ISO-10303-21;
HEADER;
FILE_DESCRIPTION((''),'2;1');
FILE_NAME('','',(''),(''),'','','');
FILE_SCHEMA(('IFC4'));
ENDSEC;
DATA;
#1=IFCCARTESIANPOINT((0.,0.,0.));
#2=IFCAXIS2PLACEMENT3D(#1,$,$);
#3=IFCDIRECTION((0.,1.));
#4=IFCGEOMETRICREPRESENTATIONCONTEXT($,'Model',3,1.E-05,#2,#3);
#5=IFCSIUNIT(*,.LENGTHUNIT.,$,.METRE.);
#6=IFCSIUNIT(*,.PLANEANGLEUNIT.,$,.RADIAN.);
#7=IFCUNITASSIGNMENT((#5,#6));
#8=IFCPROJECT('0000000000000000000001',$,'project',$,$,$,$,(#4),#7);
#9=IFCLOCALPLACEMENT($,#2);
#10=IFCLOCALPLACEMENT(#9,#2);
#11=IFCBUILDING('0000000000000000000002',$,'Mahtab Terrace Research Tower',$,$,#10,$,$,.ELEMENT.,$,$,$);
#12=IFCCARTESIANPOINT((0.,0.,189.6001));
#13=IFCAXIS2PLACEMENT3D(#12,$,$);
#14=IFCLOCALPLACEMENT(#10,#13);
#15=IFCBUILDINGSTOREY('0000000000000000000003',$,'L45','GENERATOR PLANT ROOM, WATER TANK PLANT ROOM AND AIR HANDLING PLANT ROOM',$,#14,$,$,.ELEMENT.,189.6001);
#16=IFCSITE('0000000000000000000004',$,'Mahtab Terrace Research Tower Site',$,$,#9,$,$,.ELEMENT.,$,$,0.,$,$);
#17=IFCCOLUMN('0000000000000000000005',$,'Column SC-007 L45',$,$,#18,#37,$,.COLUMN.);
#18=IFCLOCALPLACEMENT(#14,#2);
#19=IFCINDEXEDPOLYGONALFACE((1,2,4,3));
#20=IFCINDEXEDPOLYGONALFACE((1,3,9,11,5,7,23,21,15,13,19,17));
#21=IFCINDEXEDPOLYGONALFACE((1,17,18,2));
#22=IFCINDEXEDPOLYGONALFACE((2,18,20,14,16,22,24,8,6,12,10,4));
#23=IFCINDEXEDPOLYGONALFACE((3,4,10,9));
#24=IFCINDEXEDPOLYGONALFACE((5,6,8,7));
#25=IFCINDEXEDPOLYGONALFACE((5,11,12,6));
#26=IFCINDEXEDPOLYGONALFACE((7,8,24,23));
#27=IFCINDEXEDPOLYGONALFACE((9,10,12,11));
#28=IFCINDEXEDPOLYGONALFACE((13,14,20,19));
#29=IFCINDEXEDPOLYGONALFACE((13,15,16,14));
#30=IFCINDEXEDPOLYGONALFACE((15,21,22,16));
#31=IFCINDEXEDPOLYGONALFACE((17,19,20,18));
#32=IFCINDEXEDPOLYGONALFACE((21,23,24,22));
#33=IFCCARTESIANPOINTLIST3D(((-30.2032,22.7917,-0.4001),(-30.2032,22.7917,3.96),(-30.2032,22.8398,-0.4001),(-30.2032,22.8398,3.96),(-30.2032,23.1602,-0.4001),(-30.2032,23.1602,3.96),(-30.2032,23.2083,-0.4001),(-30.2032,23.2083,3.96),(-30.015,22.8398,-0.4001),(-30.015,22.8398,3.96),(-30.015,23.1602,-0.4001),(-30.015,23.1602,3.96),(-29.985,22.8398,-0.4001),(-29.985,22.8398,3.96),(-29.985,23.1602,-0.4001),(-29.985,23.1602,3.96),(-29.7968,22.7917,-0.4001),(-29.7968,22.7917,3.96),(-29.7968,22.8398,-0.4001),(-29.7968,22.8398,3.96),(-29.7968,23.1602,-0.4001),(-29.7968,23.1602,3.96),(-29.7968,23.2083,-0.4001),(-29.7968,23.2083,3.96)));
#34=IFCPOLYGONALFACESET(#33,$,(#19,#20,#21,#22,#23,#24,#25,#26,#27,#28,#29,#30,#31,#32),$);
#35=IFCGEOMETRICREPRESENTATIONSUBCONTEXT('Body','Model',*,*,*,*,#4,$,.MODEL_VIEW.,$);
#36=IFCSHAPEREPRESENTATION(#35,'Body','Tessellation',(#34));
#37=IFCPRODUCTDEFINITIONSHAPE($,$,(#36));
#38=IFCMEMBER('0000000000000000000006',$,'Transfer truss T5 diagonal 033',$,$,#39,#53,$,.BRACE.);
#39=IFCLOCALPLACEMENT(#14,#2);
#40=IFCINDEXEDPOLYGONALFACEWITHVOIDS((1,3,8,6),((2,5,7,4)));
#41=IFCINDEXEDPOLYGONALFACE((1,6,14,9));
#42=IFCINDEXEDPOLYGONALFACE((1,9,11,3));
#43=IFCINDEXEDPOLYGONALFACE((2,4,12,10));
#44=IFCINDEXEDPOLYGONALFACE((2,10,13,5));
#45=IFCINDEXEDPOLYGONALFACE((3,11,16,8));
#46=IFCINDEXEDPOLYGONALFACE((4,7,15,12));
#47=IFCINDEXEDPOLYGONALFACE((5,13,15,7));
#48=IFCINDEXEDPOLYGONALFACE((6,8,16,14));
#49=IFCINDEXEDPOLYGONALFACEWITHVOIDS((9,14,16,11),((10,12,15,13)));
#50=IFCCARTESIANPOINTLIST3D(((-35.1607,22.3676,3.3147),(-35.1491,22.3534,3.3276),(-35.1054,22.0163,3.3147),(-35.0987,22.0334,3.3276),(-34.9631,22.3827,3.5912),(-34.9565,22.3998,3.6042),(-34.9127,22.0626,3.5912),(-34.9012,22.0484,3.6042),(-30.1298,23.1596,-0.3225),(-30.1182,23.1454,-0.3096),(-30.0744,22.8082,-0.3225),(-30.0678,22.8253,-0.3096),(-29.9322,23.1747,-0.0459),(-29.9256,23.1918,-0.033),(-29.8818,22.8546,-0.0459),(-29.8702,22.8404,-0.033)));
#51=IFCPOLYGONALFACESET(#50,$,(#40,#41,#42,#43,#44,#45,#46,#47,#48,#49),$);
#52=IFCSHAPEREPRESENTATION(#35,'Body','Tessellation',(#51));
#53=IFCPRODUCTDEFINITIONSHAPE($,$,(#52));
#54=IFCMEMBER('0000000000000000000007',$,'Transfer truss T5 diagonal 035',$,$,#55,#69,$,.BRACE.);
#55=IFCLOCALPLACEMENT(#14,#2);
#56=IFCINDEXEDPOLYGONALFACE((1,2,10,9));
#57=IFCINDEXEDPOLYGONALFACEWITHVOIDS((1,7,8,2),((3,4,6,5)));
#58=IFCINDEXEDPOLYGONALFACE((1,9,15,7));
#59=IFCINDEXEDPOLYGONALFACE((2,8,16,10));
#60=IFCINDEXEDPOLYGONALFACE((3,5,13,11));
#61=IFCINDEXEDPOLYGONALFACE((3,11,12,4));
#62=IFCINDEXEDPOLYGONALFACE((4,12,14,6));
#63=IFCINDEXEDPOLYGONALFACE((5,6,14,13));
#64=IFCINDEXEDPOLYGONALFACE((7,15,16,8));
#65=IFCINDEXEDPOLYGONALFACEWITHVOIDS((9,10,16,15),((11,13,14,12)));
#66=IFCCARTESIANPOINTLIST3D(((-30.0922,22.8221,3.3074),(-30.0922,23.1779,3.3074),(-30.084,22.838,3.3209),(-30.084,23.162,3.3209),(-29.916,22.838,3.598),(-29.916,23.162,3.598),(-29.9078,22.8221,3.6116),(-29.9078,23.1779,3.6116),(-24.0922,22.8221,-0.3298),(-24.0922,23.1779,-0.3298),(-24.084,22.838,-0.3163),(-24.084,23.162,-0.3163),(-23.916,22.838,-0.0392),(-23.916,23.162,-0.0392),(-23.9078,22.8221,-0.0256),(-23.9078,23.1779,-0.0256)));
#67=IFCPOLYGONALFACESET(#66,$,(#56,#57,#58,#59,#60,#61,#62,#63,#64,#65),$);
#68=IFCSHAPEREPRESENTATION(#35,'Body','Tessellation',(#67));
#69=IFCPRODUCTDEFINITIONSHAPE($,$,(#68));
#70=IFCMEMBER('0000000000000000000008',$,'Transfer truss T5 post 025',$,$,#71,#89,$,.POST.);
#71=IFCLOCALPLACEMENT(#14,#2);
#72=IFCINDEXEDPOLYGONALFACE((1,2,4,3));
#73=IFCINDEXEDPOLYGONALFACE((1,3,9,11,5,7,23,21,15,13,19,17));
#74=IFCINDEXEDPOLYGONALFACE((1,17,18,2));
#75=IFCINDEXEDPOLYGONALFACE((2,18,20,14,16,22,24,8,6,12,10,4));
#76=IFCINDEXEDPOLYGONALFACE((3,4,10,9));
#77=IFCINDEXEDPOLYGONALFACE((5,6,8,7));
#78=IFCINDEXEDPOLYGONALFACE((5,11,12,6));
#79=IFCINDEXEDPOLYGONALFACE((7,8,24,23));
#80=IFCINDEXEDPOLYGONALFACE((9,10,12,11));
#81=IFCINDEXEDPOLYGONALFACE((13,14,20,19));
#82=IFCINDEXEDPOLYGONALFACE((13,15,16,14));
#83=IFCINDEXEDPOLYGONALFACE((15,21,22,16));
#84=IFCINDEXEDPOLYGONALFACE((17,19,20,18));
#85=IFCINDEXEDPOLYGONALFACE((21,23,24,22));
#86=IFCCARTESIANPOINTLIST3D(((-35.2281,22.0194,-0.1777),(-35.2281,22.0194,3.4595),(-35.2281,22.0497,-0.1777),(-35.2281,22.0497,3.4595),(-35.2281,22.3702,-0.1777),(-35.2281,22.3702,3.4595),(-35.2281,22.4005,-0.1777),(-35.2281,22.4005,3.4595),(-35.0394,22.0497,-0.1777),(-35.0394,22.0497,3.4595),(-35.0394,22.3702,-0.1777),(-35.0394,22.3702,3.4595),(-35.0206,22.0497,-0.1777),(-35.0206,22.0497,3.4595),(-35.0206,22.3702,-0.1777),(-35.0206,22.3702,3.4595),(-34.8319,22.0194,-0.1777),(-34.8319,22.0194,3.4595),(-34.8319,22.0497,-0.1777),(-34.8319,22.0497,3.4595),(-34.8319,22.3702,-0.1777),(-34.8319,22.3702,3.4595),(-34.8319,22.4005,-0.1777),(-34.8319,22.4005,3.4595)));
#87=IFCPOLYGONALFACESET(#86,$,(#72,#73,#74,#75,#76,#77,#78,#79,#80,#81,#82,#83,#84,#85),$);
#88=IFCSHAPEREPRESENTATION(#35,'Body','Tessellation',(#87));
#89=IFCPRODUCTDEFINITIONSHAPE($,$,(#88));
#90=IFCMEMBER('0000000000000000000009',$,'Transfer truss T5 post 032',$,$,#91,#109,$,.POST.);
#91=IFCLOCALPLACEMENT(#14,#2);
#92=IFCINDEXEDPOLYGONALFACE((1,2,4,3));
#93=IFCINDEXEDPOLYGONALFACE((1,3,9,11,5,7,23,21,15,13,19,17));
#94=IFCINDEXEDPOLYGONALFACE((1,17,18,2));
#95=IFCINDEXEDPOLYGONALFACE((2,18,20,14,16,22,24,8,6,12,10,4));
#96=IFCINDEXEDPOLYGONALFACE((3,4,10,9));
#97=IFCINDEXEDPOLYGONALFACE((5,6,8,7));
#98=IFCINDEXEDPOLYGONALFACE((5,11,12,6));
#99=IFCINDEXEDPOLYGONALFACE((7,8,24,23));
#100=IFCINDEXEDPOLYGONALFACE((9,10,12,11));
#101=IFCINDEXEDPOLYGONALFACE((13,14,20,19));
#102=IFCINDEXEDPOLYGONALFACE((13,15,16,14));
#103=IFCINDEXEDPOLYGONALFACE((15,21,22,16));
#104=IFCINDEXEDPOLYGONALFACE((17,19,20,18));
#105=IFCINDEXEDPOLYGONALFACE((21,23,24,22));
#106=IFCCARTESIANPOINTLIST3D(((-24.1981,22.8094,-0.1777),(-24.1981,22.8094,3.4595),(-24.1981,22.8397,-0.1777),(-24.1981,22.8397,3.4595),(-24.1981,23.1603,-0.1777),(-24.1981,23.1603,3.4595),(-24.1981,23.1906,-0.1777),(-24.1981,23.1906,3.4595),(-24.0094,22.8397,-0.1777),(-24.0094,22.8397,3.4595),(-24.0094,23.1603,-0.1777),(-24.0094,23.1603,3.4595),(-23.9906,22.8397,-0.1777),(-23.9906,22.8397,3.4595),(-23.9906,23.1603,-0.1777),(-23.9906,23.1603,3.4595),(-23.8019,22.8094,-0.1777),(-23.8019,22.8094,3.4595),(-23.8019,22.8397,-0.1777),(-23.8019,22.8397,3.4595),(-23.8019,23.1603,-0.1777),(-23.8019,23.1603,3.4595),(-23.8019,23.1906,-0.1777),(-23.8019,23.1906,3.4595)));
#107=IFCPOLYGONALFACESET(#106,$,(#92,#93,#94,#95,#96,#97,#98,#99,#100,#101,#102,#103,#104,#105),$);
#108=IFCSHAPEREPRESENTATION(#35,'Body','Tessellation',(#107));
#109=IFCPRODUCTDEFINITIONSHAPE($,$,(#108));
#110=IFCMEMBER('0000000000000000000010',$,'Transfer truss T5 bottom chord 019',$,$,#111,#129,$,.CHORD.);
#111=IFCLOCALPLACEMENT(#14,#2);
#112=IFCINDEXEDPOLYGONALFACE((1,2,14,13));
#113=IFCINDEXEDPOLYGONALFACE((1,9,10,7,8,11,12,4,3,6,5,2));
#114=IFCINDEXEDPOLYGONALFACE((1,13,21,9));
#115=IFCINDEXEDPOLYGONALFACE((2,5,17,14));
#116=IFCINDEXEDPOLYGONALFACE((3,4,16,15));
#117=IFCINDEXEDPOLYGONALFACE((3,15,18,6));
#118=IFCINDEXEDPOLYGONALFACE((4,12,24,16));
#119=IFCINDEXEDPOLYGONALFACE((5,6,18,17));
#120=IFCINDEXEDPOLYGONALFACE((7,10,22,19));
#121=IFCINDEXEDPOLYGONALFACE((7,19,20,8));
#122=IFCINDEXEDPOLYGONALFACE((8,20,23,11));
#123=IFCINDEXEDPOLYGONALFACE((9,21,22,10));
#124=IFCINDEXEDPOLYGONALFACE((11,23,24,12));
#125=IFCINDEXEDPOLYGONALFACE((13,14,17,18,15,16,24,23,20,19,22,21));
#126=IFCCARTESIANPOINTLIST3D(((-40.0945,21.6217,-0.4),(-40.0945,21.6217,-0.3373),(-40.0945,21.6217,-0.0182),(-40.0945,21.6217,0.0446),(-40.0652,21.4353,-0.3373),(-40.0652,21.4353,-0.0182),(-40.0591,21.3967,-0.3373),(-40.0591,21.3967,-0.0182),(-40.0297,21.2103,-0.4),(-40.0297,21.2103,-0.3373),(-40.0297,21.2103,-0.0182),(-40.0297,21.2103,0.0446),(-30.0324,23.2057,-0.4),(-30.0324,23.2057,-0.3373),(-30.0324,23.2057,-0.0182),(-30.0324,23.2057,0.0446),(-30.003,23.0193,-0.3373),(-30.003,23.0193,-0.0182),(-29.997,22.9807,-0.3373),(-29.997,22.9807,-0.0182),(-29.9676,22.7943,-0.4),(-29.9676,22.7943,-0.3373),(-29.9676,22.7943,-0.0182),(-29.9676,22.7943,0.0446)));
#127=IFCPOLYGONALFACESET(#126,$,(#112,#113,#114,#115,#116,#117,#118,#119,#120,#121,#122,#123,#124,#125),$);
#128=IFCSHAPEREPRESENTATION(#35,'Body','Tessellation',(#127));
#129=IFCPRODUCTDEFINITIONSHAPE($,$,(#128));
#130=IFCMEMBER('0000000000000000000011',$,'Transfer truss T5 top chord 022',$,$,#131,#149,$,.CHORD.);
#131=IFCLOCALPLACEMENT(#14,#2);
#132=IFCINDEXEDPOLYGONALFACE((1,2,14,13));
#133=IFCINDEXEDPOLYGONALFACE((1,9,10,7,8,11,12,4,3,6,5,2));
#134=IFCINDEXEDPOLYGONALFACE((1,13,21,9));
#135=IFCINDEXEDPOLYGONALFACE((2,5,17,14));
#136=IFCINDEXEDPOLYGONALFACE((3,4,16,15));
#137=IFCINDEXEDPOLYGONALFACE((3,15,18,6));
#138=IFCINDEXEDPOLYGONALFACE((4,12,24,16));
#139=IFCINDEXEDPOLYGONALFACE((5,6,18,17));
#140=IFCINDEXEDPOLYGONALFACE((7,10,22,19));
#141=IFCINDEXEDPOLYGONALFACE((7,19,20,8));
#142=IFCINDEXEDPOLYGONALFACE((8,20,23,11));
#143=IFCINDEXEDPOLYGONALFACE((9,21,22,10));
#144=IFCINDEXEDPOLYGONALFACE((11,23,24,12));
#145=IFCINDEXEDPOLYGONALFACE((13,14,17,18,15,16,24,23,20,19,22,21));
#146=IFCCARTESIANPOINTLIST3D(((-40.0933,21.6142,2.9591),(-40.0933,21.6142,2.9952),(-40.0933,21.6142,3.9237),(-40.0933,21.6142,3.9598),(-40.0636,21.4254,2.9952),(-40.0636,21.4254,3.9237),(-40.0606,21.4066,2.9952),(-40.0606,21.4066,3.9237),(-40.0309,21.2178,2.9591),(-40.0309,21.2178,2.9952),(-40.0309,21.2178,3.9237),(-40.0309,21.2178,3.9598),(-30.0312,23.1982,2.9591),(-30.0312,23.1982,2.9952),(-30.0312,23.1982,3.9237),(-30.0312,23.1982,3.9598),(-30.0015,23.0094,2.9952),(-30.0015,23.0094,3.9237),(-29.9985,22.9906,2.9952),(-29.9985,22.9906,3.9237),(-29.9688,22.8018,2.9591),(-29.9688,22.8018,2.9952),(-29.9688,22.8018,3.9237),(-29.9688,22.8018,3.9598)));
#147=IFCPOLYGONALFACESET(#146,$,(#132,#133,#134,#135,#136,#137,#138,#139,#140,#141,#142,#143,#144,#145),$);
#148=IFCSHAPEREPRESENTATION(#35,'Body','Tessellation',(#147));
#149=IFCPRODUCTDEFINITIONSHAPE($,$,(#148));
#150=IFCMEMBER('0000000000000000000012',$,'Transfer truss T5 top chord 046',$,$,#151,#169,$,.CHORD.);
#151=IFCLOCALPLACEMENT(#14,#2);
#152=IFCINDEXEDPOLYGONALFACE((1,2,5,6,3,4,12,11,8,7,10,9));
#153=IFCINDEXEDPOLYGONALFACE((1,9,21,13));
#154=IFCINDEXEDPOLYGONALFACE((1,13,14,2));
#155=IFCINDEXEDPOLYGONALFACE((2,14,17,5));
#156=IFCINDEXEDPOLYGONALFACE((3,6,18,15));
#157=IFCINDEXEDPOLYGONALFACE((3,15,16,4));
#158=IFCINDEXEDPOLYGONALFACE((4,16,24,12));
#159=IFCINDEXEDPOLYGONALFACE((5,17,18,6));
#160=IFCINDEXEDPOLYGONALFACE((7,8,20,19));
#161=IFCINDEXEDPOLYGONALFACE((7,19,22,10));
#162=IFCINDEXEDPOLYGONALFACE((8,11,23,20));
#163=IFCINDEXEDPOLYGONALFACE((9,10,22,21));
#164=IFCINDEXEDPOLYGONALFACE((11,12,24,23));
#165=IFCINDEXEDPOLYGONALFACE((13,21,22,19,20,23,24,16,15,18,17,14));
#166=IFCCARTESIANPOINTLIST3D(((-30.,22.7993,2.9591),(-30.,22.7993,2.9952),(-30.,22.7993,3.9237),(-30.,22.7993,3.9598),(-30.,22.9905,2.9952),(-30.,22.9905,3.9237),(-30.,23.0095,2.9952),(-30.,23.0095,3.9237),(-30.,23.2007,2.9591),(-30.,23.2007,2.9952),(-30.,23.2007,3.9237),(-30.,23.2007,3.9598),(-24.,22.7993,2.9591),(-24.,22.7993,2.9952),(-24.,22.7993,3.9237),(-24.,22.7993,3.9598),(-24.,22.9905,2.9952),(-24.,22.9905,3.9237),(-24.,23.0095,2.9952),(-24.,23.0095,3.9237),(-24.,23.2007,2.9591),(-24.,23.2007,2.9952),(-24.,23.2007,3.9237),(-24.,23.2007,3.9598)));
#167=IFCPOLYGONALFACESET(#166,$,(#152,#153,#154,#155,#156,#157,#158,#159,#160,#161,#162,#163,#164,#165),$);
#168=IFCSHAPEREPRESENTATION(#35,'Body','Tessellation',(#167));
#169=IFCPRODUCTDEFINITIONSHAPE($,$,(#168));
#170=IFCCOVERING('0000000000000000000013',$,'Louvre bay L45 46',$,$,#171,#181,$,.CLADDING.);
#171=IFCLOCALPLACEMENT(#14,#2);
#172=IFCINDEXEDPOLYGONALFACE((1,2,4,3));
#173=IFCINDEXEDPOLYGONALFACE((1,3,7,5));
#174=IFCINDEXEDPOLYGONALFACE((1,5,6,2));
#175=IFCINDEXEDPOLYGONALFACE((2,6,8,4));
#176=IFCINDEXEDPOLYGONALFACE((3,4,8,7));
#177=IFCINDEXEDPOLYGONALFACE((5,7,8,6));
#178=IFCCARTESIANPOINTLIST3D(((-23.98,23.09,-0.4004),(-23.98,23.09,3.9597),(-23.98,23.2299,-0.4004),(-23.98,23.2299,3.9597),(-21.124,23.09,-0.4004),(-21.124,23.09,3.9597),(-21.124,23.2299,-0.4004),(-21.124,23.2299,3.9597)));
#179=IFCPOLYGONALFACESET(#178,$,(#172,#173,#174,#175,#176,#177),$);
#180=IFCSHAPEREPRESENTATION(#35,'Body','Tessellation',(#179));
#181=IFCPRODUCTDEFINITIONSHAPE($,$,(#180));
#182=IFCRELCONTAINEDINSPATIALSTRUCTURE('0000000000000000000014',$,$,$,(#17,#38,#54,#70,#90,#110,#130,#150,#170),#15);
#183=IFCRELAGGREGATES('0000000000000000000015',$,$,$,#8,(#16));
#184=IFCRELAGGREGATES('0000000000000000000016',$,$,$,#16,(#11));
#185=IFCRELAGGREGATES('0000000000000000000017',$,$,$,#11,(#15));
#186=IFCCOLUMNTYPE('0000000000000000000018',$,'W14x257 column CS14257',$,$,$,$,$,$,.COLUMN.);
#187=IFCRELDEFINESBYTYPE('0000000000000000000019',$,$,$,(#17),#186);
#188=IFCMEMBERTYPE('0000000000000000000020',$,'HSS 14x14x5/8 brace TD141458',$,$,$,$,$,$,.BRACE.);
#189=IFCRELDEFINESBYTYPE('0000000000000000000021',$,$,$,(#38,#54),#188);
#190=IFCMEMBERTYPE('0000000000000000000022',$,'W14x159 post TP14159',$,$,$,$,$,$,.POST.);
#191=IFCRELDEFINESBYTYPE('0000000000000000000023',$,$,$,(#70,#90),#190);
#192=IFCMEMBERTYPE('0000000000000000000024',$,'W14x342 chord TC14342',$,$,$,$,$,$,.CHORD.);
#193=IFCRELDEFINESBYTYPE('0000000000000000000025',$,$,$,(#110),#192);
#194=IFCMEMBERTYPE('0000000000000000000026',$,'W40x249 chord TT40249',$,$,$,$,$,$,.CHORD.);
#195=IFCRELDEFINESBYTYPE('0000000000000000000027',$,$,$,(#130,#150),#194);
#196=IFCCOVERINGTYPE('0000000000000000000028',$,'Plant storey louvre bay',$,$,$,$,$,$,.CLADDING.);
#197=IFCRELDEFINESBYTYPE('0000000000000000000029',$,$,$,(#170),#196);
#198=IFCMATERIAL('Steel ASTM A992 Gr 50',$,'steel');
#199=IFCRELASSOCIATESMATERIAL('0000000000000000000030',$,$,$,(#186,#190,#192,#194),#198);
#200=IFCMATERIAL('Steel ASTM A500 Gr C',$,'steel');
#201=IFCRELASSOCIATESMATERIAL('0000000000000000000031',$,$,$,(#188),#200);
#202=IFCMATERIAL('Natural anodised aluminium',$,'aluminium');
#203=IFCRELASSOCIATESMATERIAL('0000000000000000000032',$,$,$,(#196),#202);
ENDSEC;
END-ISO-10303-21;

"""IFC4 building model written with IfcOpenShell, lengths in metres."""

from ifc_helpers import new_model, si_unit, direction, frame, origin, origin_2d, place, context, subcontext, project, spatial, rectangle, hollow_rectangle, i_section, extrude, material, material_profile, profile_set, type_object, element, save


model = new_model("IFC4")

# Units and contexts
model_context = context("Model", 3, precision=1e-05, world=origin(), true_north=direction((0.0, 1.0)))
body_context = subcontext(model_context, "Body", "Model", "MODEL_VIEW")
ifc_project = project(units=[si_unit("LENGTHUNIT", "METRE"), si_unit("PLANEANGLEUNIT", "RADIAN")], contexts=[model_context])

# Site, building, storey
site_placement = place(None, origin())
site = spatial("IfcSite", under=ifc_project, at=site_placement, Name="Mahtab Terrace Research Tower Site", CompositionType="ELEMENT", RefElevation=0.0)
building_placement = place(site_placement, origin())
building = spatial("IfcBuilding", under=site, at=building_placement, Name="Mahtab Terrace Research Tower", CompositionType="ELEMENT")
storey_placement = place(building_placement, frame((0.0, 0.0, 189.6001)))
storey = spatial("IfcBuildingStorey", under=building, at=storey_placement, Name="L45", Description="GENERATOR PLANT ROOM, WATER TANK PLANT ROOM AND AIR HANDLING PLANT ROOM", CompositionType="ELEMENT", Elevation=189.6001)

# Column
ifc_material_1 = material(Name="Steel ASTM A992 Gr 50", Category="steel")
ifc_material_profile_1 = material_profile(ifc_material_1, i_section(OverallWidth=0.4065, OverallDepth=0.4165, WebThickness=0.03, FlangeThickness=0.0481, at=origin_2d()), Name="W14X257")
ifc_profile_set_1 = profile_set([ifc_material_profile_1], Name="Steel ASTM A992 Gr 50")
column_type = type_object("IfcColumnType", Name="W14x257 column CS14257", PredefinedType="COLUMN", material=ifc_profile_set_1)
column_placement = place(storey_placement, frame((-30.0, 23.0, -0.4001), z_axis=(0.0, 0.0, 1.0), x_axis=(1.0, 0.0, 0.0)))
element("IfcColumn", 1, at=column_placement, inside=storey, type_object=column_type, Name="Column SC-007 L45", PredefinedType="COLUMN", context=body_context, shape_type="SweptSolid", body=[
    extrude(i_section(OverallWidth=0.4065, OverallDepth=0.4165, WebThickness=0.03, FlangeThickness=0.0481, at=origin_2d()), origin(), (0.0, 0.0, 1.0), 4.3601),
])

# Members
ifc_material_2 = material(Name="Steel ASTM A500 Gr C", Category="steel")
ifc_material_profile_2 = material_profile(ifc_material_2, hollow_rectangle(XDim=0.3557, YDim=0.3557, WallThickness=0.0159, at=origin_2d()), Name="HSS14X14X5/8")
ifc_profile_set_2 = profile_set([ifc_material_profile_2], Name="Steel ASTM A500 Gr C")
member_type_1 = type_object("IfcMemberType", Name="HSS 14x14x5/8 brace TD141458", PredefinedType="BRACE", material=ifc_profile_set_2)
member_1_placement = place(storey_placement, frame((-30.0, 23.0, -0.1777), z_axis=(-0.803881, -0.126549, 0.581172), x_axis=(0.155507, -0.987835, 0.0)))
element("IfcMember", 2, at=member_1_placement, inside=storey, type_object=member_type_1, Name="Transfer truss T5 diagonal 033", PredefinedType="BRACE", context=body_context, shape_type="SweptSolid", body=[
    extrude(hollow_rectangle(XDim=0.3557, YDim=0.3557, WallThickness=0.0159, at=origin_2d()), origin(), (0.0, 0.0, 1.0), 6.2583),
])
member_2_placement = place(storey_placement, frame((-24.0, 23.0, -0.1777), z_axis=(-0.855145, 0.0, 0.51839), x_axis=(0.0, -1.0, 0.0)))
element("IfcMember", 3, at=member_2_placement, inside=storey, type_object=member_type_1, Name="Transfer truss T5 diagonal 035", PredefinedType="BRACE", context=body_context, shape_type="SweptSolid", body=[
    extrude(hollow_rectangle(XDim=0.3557, YDim=0.3557, WallThickness=0.0159, at=origin_2d()), origin(), (0.0, 0.0, 1.0), 7.0164),
])
ifc_material_profile_3 = material_profile(ifc_material_1, i_section(OverallWidth=0.3962, OverallDepth=0.3811, WebThickness=0.0188, FlangeThickness=0.0303, at=origin_2d()), Name="W14X159")
ifc_profile_set_3 = profile_set([ifc_material_profile_3], Name="Steel ASTM A992 Gr 50")
member_type_2 = type_object("IfcMemberType", Name="W14x159 post TP14159", PredefinedType="POST", material=ifc_profile_set_3)
for number, where, z_axis, x_axis, name in (
    (4, (-35.03, 22.21, -0.1777), (0.0, 0.0, 1.0), (1.0, 0.0, 0.0), "Transfer truss T5 post 025"),
    (5, (-24.0, 23.0, -0.1777), (0.0, 0.0, 1.0), (1.0, 0.0, 0.0), "Transfer truss T5 post 032"),
):
    element("IfcMember", number, at=place(storey_placement, frame(where, z_axis=z_axis, x_axis=x_axis)), inside=storey, type_object=member_type_2, Name=name, PredefinedType="POST", context=body_context, shape_type="SweptSolid", body=[
        extrude(i_section(OverallWidth=0.3962, OverallDepth=0.3811, WebThickness=0.0188, FlangeThickness=0.0303, at=origin_2d()), origin(), (0.0, 0.0, 1.0), 3.6372),
    ])
ifc_material_profile_4 = material_profile(ifc_material_1, i_section(OverallWidth=0.4165, OverallDepth=0.4446, WebThickness=0.0391, FlangeThickness=0.0627, at=origin_2d()), Name="W14X342")
ifc_profile_set_4 = profile_set([ifc_material_profile_4], Name="Steel ASTM A992 Gr 50")
member_type_3 = type_object("IfcMemberType", Name="W14x342 chord TC14342", PredefinedType="CHORD", material=ifc_profile_set_4)
member_3_placement = place(storey_placement, frame((-30.0, 23.0, -0.1777), z_axis=(-0.987835, -0.155507, 0.0), x_axis=(0.155507, -0.987835, 0.0)))
element("IfcMember", 6, at=member_3_placement, inside=storey, type_object=member_type_3, Name="Transfer truss T5 bottom chord 019", PredefinedType="CHORD", context=body_context, shape_type="SweptSolid", body=[
    extrude(i_section(OverallWidth=0.4165, OverallDepth=0.4446, WebThickness=0.0391, FlangeThickness=0.0627, at=origin_2d()), origin(), (0.0, 0.0, 1.0), 10.186),
])
ifc_material_profile_5 = material_profile(ifc_material_1, i_section(OverallWidth=0.4014, OverallDepth=1.0007, WebThickness=0.019, FlangeThickness=0.0361, at=origin_2d()), Name="W40X249")
ifc_profile_set_5 = profile_set([ifc_material_profile_5], Name="Steel ASTM A992 Gr 50")
member_type_4 = type_object("IfcMemberType", Name="W40x249 chord TT40249", PredefinedType="CHORD", material=ifc_profile_set_5)
member_4_placement = place(storey_placement, frame((-30.0, 23.0, 3.4595), z_axis=(-0.987835, -0.155507, 0.0), x_axis=(0.155507, -0.987835, 0.0)))
element("IfcMember", 7, at=member_4_placement, inside=storey, type_object=member_type_4, Name="Transfer truss T5 top chord 022", PredefinedType="CHORD", context=body_context, shape_type="SweptSolid", body=[
    extrude(i_section(OverallWidth=0.4014, OverallDepth=1.0007, WebThickness=0.019, FlangeThickness=0.0361, at=origin_2d()), origin(), (0.0, 0.0, 1.0), 10.186),
])
member_5_placement = place(storey_placement, frame((-24.0, 23.0, 3.4595), z_axis=(-1.0, 0.0, 0.0), x_axis=(0.0, -1.0, 0.0)))
element("IfcMember", 8, at=member_5_placement, inside=storey, type_object=member_type_4, Name="Transfer truss T5 top chord 046", PredefinedType="CHORD", context=body_context, shape_type="SweptSolid", body=[
    extrude(i_section(OverallWidth=0.4014, OverallDepth=1.0007, WebThickness=0.019, FlangeThickness=0.0361, at=origin_2d()), origin(), (0.0, 0.0, 1.0), 6.0),
])

# Covering
ifc_material_3 = material(Name="Natural anodised aluminium", Category="aluminium")
covering_type = type_object("IfcCoveringType", Name="Plant storey louvre bay", PredefinedType="CLADDING", material=ifc_material_3)
for number, where, z_axis, x_axis, name in (
    (9, (-22.552, 23.1599, -0.4004), (0.0, 0.0, 1.0), (-1.0, 0.0, 0.0), "Louvre bay L45 46"),
):
    element("IfcCovering", number, at=place(storey_placement, frame(where, z_axis=z_axis, x_axis=x_axis)), inside=storey, type_object=covering_type, Name=name, PredefinedType="CLADDING", context=body_context, shape_type="SweptSolid", body=[
        extrude(rectangle(XDim=2.856, YDim=0.1399, at=origin_2d()), origin(), (0.0, 0.0, 1.0), 4.3601),
    ])

save(model, "model.ifc")
